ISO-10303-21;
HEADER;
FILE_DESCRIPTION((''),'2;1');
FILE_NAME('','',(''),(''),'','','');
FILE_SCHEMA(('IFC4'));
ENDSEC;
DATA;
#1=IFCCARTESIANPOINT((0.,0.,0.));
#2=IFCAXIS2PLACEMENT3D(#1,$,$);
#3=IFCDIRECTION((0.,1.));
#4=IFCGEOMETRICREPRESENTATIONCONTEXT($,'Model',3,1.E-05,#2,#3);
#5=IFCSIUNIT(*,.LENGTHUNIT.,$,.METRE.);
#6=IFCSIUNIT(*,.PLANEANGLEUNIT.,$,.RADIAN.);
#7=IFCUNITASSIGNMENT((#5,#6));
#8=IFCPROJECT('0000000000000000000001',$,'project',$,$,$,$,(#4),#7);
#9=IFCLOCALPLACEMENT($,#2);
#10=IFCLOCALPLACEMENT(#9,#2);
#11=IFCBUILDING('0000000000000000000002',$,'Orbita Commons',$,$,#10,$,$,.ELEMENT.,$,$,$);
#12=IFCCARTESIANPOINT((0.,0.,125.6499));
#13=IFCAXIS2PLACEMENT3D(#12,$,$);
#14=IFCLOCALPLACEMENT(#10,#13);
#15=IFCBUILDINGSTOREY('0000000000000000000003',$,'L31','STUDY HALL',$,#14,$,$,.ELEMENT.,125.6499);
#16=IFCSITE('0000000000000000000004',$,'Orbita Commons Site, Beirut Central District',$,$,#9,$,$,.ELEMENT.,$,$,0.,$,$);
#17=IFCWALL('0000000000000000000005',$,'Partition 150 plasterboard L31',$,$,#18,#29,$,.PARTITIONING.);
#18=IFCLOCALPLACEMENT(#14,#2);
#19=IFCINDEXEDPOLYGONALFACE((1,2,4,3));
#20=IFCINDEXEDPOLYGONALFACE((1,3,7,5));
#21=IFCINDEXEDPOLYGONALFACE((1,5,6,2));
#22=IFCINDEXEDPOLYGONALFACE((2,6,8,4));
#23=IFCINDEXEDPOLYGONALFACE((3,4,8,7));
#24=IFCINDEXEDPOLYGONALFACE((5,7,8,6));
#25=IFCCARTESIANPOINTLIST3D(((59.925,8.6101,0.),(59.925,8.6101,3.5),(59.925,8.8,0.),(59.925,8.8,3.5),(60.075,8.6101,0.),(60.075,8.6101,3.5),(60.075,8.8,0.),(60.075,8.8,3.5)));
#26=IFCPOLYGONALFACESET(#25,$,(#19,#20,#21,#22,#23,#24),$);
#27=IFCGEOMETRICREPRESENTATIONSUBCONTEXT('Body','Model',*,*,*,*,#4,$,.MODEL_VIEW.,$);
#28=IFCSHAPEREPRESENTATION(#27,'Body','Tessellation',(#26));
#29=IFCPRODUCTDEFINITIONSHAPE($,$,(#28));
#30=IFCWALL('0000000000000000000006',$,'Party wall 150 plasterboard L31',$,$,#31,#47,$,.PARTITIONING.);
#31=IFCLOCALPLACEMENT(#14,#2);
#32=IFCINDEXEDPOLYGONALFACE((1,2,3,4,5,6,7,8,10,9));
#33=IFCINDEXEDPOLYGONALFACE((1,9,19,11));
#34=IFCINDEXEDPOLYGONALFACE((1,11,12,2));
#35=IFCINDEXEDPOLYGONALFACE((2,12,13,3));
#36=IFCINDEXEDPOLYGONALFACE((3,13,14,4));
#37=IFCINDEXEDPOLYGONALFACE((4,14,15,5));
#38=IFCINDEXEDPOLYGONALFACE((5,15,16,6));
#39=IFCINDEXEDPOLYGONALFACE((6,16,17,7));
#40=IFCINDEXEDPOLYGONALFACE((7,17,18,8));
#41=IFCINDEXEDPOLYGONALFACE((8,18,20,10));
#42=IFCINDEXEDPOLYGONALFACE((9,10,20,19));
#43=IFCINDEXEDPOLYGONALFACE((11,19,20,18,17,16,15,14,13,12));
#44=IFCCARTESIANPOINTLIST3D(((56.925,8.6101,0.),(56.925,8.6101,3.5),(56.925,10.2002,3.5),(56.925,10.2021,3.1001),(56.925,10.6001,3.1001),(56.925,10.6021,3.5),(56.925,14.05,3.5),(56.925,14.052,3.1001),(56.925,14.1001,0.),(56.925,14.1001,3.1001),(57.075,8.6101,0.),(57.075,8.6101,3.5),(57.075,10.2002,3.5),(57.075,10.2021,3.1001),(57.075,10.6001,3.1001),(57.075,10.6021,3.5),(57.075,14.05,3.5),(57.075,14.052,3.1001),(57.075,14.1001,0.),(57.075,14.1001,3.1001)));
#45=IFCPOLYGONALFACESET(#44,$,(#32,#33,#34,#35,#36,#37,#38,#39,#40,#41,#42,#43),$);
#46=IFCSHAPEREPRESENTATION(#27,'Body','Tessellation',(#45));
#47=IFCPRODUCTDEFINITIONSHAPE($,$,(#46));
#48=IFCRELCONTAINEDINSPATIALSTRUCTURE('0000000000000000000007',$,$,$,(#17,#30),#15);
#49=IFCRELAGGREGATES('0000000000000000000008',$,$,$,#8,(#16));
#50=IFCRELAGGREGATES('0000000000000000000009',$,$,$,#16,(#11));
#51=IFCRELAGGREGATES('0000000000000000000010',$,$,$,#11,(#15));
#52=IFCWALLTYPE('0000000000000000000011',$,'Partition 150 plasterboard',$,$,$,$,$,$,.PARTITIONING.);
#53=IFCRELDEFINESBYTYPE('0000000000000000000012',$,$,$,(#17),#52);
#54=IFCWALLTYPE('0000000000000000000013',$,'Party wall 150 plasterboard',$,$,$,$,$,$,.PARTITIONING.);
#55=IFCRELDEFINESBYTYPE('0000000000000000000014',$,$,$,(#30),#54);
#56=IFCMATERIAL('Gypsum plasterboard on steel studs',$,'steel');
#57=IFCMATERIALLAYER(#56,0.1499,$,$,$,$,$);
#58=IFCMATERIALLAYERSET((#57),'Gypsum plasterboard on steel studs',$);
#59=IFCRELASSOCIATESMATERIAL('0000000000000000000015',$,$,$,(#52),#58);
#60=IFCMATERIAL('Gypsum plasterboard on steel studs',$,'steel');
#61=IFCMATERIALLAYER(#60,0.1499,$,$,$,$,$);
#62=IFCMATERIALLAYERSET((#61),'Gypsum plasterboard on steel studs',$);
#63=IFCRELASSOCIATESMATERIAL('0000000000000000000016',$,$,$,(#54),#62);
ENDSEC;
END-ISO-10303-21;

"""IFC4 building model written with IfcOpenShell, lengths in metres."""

from ifc_helpers import new_model, si_unit, direction, frame, frame_2d, origin, place, context, subcontext, project, spatial, polyline, rectangle, outline, extrude, material, layer, layer_set, type_object, element, save


model = new_model("IFC4")

# Units and contexts
model_context = context("Model", 3, precision=1e-05, world=origin(), true_north=direction((0.0, 1.0)))
body_context = subcontext(model_context, "Body", "Model", "MODEL_VIEW")
ifc_project = project(units=[si_unit("LENGTHUNIT", "METRE"), si_unit("PLANEANGLEUNIT", "RADIAN")], contexts=[model_context])

# Site, building, storey
site_placement = place(None, origin())
site = spatial("IfcSite", under=ifc_project, at=site_placement, Name="Orbita Commons Site, Beirut Central District", CompositionType="ELEMENT", RefElevation=0.0)
building_placement = place(site_placement, origin())
building = spatial("IfcBuilding", under=site, at=building_placement, Name="Orbita Commons", CompositionType="ELEMENT")
storey_placement = place(building_placement, frame((0.0, 0.0, 125.6499)))
storey = spatial("IfcBuildingStorey", under=building, at=storey_placement, Name="L31", Description="STUDY HALL", CompositionType="ELEMENT", Elevation=125.6499)

# Walls
ifc_material_1 = material(Name="Gypsum plasterboard on steel studs", Category="steel")
ifc_layer_1 = layer(ifc_material_1, 0.1499)
ifc_layer_set_1 = layer_set([ifc_layer_1], Name="Gypsum plasterboard on steel studs")
wall_type_1 = type_object("IfcWallType", Name="Partition 150 plasterboard", PredefinedType="PARTITIONING", material=ifc_layer_set_1)
wall_1_placement = place(storey_placement, frame((60.0, 8.8, 0.0), z_axis=(0.0, 0.0, 1.0), x_axis=(0.0, -1.0, 0.0)))
element("IfcWall", 1, at=wall_1_placement, inside=storey, type_object=wall_type_1, Name="Partition 150 plasterboard L31", PredefinedType="PARTITIONING", context=body_context, shape_type="SweptSolid", body=[
    extrude(rectangle(XDim=0.1899, YDim=0.1499, at=frame_2d((0.095, 0.0))), origin(), (0.0, 0.0, 1.0), 3.5),
])
ifc_material_2 = material(Name="Gypsum plasterboard on steel studs", Category="steel")
ifc_layer_2 = layer(ifc_material_2, 0.1499)
ifc_layer_set_2 = layer_set([ifc_layer_2], Name="Gypsum plasterboard on steel studs")
wall_type_2 = type_object("IfcWallType", Name="Party wall 150 plasterboard", PredefinedType="PARTITIONING", material=ifc_layer_set_2)
wall_2_placement = place(storey_placement, frame((57.0, 8.6101, 0.0), z_axis=(0.0, 0.0, 1.0), x_axis=(0.0, 1.0, 0.0)))
element("IfcWall", 2, at=wall_2_placement, inside=storey, type_object=wall_type_2, Name="Party wall 150 plasterboard L31", PredefinedType="PARTITIONING", context=body_context, shape_type="SweptSolid", body=[
    extrude(outline(polyline([(0.0, 0.0), (5.49, 0.0), (5.49, 3.1001), (5.4419, 3.1001), (5.4399, 3.5), (1.9919, 3.5), (1.99, 3.1001), (1.592, 3.1001), (1.5901, 3.5), (0.0, 3.5), (0.0, 0.0)])), frame((0.0, 0.075, 0.0), z_axis=(0.0, -1.0, 0.0), x_axis=(1.0, 0.0, 0.0)), (0.0, 0.0, 1.0), 0.1499),
])

save(model, "model.ifc")
